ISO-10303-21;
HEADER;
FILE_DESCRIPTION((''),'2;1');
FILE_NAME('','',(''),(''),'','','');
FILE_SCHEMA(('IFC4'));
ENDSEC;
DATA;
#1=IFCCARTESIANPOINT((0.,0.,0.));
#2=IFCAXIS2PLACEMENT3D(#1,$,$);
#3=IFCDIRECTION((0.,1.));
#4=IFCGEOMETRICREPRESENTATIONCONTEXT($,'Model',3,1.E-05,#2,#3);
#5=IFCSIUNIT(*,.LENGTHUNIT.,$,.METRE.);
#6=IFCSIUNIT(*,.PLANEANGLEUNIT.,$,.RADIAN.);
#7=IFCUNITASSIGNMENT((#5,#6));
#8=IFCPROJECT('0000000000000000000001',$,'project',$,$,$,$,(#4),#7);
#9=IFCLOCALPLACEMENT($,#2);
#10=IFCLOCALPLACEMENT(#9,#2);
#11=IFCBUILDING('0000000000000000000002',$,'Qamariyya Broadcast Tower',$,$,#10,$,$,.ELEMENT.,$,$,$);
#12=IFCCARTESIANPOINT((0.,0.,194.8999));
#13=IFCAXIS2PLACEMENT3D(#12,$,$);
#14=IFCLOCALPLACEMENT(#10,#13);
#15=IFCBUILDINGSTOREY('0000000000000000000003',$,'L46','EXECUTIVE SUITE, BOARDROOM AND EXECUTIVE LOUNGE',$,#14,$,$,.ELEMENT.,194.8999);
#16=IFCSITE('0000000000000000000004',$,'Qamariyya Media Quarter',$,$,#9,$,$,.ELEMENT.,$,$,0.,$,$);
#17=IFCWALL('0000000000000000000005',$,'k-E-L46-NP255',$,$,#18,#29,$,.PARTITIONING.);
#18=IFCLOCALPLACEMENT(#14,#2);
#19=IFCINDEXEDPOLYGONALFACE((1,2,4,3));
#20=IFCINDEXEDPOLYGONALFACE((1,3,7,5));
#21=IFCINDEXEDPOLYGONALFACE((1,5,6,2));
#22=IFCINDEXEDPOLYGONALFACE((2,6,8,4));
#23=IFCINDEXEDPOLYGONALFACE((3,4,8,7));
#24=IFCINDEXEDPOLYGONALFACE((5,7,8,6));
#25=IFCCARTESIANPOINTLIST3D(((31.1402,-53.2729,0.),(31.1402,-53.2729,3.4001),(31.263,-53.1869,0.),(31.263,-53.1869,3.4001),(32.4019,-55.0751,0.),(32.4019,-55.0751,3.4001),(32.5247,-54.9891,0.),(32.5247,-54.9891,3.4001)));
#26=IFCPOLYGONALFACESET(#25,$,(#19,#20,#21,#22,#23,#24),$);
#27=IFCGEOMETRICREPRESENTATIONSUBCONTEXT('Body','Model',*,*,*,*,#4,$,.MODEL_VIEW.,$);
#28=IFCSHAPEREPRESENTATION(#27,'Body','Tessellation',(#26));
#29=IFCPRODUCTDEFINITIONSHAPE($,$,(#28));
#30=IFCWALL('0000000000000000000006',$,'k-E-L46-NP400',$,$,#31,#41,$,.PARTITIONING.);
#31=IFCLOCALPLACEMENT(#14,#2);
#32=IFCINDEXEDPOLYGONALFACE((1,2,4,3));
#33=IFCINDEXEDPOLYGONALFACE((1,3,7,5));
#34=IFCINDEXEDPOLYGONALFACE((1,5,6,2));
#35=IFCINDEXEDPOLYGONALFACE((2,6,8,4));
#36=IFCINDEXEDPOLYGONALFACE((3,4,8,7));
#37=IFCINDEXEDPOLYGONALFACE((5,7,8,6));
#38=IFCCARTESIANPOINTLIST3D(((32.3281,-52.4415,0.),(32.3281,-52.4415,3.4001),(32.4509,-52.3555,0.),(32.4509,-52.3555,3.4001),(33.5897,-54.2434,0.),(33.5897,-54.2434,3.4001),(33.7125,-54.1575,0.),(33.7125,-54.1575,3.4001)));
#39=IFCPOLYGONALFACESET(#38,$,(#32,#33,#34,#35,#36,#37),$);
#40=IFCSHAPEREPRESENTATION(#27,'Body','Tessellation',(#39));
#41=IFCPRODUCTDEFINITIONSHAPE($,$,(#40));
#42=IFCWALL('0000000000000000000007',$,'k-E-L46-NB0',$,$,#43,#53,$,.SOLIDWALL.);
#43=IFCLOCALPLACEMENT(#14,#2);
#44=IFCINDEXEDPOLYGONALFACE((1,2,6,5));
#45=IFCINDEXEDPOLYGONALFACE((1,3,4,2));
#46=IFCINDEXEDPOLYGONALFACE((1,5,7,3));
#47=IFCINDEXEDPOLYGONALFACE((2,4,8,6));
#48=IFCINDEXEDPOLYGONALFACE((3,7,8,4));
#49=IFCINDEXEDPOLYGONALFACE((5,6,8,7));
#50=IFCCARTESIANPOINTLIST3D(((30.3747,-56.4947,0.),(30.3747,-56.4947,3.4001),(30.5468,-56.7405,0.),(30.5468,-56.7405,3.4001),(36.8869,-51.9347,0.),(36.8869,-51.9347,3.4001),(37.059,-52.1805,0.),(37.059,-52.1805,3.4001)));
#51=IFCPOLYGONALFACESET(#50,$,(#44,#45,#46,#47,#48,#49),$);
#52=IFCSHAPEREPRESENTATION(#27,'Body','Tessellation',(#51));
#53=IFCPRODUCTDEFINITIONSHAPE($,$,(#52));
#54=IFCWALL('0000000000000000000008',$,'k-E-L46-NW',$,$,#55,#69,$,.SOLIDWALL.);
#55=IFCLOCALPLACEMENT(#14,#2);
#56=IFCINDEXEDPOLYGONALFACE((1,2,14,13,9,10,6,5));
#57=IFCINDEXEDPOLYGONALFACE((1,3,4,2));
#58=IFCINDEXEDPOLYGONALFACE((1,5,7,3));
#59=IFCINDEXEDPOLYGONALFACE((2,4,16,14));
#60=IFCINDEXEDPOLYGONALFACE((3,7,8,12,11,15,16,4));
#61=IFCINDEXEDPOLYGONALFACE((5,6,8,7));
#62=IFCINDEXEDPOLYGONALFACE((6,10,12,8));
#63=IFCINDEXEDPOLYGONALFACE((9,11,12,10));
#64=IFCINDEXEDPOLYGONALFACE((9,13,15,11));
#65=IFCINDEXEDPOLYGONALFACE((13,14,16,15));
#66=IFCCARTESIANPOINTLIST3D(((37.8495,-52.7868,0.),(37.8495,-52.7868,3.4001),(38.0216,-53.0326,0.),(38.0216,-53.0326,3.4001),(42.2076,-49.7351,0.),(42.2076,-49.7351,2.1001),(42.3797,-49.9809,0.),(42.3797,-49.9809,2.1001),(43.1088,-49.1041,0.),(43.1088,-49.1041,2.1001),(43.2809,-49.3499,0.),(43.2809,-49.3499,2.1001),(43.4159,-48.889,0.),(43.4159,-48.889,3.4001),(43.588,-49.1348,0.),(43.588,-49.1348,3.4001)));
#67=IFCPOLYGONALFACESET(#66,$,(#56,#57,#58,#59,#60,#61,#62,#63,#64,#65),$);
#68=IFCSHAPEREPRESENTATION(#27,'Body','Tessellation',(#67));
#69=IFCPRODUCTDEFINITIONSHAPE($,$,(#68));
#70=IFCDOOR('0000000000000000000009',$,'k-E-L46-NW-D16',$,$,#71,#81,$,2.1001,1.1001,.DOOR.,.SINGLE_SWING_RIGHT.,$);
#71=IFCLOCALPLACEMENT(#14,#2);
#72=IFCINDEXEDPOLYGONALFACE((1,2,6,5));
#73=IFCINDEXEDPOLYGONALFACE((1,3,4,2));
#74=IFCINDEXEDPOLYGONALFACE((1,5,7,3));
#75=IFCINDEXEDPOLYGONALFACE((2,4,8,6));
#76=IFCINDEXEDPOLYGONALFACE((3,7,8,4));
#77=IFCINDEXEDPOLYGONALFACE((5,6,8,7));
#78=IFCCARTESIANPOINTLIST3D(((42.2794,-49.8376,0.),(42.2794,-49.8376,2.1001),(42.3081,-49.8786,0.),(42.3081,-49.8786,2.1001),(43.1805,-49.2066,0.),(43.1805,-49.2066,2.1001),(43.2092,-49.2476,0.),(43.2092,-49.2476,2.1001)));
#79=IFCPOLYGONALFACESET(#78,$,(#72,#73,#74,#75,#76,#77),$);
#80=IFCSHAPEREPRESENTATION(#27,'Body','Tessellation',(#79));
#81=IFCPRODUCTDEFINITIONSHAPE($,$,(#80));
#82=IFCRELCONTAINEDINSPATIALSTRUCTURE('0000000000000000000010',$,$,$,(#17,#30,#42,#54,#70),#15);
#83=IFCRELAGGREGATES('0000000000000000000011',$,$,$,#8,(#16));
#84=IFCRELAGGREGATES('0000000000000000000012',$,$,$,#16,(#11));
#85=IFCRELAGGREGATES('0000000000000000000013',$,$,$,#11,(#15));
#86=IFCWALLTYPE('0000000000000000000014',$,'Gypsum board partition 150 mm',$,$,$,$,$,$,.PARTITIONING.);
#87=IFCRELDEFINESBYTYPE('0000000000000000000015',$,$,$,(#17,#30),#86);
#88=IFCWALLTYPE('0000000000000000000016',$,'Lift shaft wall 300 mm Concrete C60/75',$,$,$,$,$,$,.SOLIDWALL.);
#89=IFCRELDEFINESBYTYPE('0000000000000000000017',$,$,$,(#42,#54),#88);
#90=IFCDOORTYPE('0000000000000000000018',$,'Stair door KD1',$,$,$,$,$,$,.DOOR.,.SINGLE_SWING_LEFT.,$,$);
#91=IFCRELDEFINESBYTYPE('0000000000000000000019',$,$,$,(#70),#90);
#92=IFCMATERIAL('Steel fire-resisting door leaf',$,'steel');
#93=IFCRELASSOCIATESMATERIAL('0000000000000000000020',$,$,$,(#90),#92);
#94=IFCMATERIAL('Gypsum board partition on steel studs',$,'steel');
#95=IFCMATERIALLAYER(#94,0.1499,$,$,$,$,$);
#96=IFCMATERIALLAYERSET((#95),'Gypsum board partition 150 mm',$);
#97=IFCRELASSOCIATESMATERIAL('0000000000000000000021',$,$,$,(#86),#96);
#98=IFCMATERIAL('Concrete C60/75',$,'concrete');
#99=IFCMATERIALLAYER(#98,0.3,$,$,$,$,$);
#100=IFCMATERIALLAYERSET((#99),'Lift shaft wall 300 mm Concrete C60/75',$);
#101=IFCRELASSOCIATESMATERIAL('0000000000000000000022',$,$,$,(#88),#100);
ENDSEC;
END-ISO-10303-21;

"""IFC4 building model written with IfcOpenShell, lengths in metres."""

from ifc_helpers import new_model, si_unit, direction, frame, frame_2d, origin, place, context, subcontext, project, spatial, rectangle, extrude, material, layer, layer_set, type_object, element, fill, save


model = new_model("IFC4")

# Units and contexts
model_context = context("Model", 3, precision=1e-05, world=origin(), true_north=direction((0.0, 1.0)))
body_context = subcontext(model_context, "Body", "Model", "MODEL_VIEW")
ifc_project = project(units=[si_unit("LENGTHUNIT", "METRE"), si_unit("PLANEANGLEUNIT", "RADIAN")], contexts=[model_context])

# Site, building, storey
site_placement = place(None, origin())
site = spatial("IfcSite", under=ifc_project, at=site_placement, Name="Qamariyya Media Quarter", CompositionType="ELEMENT", RefElevation=0.0)
building_placement = place(site_placement, origin())
building = spatial("IfcBuilding", under=site, at=building_placement, Name="Qamariyya Broadcast Tower", CompositionType="ELEMENT")
storey_placement = place(building_placement, frame((0.0, 0.0, 194.8999)))
storey = spatial("IfcBuildingStorey", under=building, at=storey_placement, Name="L46", Description="EXECUTIVE SUITE, BOARDROOM AND EXECUTIVE LOUNGE", CompositionType="ELEMENT", Elevation=194.8999)

# Shared definitions
ifc_material_1 = material(Name="Concrete C60/75", Category="concrete")

# Shared definitions
ifc_material_2 = material(Name="Steel fire-resisting door leaf", Category="steel")
door_type_1 = type_object("IfcDoorType", Name="Stair door KD1", OperationType="SINGLE_SWING_LEFT", PredefinedType="DOOR", material=ifc_material_2)

# Walls
ifc_material_3 = material(Name="Gypsum board partition on steel studs", Category="steel")
ifc_layer_1 = layer(ifc_material_3, 0.1499)
ifc_layer_set_1 = layer_set([ifc_layer_1], Name="Gypsum board partition 150 mm")
wall_type_1 = type_object("IfcWallType", Name="Gypsum board partition 150 mm", PredefinedType="PARTITIONING", material=ifc_layer_set_1)
wall_1_placement = place(storey_placement, frame((32.4634, -55.0322, 0.0), z_axis=(0.0, 0.0, 1.0), x_axis=(-0.573507, 0.819201, 0.0)))
element("IfcWall", 1, at=wall_1_placement, inside=storey, type_object=wall_type_1, Name="k-E-L46-NP255", PredefinedType="PARTITIONING", context=body_context, shape_type="SweptSolid", body=[
    extrude(rectangle(XDim=2.2, YDim=0.1499, at=frame_2d((1.1001, 0.0))), origin(), (0.0, 0.0, 1.0), 3.4001),
])
wall_2_placement = place(storey_placement, frame((33.6511, -54.2004, 0.0), z_axis=(0.0, 0.0, 1.0), x_axis=(-0.573559, 0.819164, 0.0)))
element("IfcWall", 2, at=wall_2_placement, inside=storey, type_object=wall_type_1, Name="k-E-L46-NP400", PredefinedType="PARTITIONING", context=body_context, shape_type="SweptSolid", body=[
    extrude(rectangle(XDim=2.1997, YDim=0.1499, at=frame_2d((1.0999, 0.0))), origin(), (0.0, 0.0, 1.0), 3.4001),
])
ifc_layer_2 = layer(ifc_material_1, 0.3)
ifc_layer_set_2 = layer_set([ifc_layer_2], Name="Lift shaft wall 300 mm Concrete C60/75")
wall_type_2 = type_object("IfcWallType", Name="Lift shaft wall 300 mm Concrete C60/75", PredefinedType="SOLIDWALL", material=ifc_layer_set_2)
wall_3_placement = place(storey_placement, frame((30.4607, -56.6177, 0.0), z_axis=(0.0, 0.0, 1.0), x_axis=(0.819142, 0.57359, 0.0)))
element("IfcWall", 3, at=wall_3_placement, inside=storey, type_object=wall_type_2, Name="k-E-L46-NB0", PredefinedType="SOLIDWALL", context=body_context, shape_type="SweptSolid", body=[
    extrude(rectangle(XDim=7.95, YDim=0.3, at=frame_2d((3.9751, 0.0))), origin(), (0.0, 0.0, 1.0), 3.4001),
])

# Wall, opening, door
wall_4_placement = place(storey_placement, frame((37.9355, -52.9097, 0.0), z_axis=(0.0, 0.0, 1.0), x_axis=(0.819148, 0.573583, 0.0)))
wall_4 = element("IfcWall", 4, at=wall_4_placement, inside=storey, type_object=wall_type_2, Name="k-E-L46-NW", PredefinedType="SOLIDWALL", context=body_context, shape_type="SweptSolid", body=[
    extrude(rectangle(XDim=6.7954, YDim=0.3, at=frame_2d((3.3977, 0.0))), origin(), (0.0, 0.0, 1.0), 3.4001),
])
opening_1_placement = place(wall_4_placement, frame((5.3203, 0.0, 0.0)))
opening_1 = element("IfcOpeningElement", 5, at=opening_1_placement, cuts=wall_4, PredefinedType="OPENING", context=body_context, shape_type="SweptSolid", body=[
    extrude(rectangle(XDim=1.1001, YDim=2.1001, at=frame_2d((0.55, 1.05))), frame((0.0, 0.1599, 0.0), z_axis=(0.0, -1.0, 0.0), x_axis=(1.0, 0.0, 0.0)), (0.0, 0.0, 1.0), 0.3201),
])
door_1_placement = place(opening_1_placement, origin())
door_1 = element("IfcDoor", 6, at=door_1_placement, inside=storey, type_object=door_type_1, Name="k-E-L46-NW-D16", OperationType="SINGLE_SWING_RIGHT", OverallHeight=2.1001, OverallWidth=1.1001, PredefinedType="DOOR", context=body_context, shape_type="SweptSolid", body=[
    extrude(rectangle(XDim=1.1001, YDim=2.1001, at=frame_2d((0.55, 1.05))), frame((0.0, 0.0249, 0.0), z_axis=(0.0, -1.0, 0.0), x_axis=(1.0, 0.0, 0.0)), (0.0, 0.0, 1.0), 0.05),
])
fill(opening_1, door_1)

save(model, "model.ifc")
